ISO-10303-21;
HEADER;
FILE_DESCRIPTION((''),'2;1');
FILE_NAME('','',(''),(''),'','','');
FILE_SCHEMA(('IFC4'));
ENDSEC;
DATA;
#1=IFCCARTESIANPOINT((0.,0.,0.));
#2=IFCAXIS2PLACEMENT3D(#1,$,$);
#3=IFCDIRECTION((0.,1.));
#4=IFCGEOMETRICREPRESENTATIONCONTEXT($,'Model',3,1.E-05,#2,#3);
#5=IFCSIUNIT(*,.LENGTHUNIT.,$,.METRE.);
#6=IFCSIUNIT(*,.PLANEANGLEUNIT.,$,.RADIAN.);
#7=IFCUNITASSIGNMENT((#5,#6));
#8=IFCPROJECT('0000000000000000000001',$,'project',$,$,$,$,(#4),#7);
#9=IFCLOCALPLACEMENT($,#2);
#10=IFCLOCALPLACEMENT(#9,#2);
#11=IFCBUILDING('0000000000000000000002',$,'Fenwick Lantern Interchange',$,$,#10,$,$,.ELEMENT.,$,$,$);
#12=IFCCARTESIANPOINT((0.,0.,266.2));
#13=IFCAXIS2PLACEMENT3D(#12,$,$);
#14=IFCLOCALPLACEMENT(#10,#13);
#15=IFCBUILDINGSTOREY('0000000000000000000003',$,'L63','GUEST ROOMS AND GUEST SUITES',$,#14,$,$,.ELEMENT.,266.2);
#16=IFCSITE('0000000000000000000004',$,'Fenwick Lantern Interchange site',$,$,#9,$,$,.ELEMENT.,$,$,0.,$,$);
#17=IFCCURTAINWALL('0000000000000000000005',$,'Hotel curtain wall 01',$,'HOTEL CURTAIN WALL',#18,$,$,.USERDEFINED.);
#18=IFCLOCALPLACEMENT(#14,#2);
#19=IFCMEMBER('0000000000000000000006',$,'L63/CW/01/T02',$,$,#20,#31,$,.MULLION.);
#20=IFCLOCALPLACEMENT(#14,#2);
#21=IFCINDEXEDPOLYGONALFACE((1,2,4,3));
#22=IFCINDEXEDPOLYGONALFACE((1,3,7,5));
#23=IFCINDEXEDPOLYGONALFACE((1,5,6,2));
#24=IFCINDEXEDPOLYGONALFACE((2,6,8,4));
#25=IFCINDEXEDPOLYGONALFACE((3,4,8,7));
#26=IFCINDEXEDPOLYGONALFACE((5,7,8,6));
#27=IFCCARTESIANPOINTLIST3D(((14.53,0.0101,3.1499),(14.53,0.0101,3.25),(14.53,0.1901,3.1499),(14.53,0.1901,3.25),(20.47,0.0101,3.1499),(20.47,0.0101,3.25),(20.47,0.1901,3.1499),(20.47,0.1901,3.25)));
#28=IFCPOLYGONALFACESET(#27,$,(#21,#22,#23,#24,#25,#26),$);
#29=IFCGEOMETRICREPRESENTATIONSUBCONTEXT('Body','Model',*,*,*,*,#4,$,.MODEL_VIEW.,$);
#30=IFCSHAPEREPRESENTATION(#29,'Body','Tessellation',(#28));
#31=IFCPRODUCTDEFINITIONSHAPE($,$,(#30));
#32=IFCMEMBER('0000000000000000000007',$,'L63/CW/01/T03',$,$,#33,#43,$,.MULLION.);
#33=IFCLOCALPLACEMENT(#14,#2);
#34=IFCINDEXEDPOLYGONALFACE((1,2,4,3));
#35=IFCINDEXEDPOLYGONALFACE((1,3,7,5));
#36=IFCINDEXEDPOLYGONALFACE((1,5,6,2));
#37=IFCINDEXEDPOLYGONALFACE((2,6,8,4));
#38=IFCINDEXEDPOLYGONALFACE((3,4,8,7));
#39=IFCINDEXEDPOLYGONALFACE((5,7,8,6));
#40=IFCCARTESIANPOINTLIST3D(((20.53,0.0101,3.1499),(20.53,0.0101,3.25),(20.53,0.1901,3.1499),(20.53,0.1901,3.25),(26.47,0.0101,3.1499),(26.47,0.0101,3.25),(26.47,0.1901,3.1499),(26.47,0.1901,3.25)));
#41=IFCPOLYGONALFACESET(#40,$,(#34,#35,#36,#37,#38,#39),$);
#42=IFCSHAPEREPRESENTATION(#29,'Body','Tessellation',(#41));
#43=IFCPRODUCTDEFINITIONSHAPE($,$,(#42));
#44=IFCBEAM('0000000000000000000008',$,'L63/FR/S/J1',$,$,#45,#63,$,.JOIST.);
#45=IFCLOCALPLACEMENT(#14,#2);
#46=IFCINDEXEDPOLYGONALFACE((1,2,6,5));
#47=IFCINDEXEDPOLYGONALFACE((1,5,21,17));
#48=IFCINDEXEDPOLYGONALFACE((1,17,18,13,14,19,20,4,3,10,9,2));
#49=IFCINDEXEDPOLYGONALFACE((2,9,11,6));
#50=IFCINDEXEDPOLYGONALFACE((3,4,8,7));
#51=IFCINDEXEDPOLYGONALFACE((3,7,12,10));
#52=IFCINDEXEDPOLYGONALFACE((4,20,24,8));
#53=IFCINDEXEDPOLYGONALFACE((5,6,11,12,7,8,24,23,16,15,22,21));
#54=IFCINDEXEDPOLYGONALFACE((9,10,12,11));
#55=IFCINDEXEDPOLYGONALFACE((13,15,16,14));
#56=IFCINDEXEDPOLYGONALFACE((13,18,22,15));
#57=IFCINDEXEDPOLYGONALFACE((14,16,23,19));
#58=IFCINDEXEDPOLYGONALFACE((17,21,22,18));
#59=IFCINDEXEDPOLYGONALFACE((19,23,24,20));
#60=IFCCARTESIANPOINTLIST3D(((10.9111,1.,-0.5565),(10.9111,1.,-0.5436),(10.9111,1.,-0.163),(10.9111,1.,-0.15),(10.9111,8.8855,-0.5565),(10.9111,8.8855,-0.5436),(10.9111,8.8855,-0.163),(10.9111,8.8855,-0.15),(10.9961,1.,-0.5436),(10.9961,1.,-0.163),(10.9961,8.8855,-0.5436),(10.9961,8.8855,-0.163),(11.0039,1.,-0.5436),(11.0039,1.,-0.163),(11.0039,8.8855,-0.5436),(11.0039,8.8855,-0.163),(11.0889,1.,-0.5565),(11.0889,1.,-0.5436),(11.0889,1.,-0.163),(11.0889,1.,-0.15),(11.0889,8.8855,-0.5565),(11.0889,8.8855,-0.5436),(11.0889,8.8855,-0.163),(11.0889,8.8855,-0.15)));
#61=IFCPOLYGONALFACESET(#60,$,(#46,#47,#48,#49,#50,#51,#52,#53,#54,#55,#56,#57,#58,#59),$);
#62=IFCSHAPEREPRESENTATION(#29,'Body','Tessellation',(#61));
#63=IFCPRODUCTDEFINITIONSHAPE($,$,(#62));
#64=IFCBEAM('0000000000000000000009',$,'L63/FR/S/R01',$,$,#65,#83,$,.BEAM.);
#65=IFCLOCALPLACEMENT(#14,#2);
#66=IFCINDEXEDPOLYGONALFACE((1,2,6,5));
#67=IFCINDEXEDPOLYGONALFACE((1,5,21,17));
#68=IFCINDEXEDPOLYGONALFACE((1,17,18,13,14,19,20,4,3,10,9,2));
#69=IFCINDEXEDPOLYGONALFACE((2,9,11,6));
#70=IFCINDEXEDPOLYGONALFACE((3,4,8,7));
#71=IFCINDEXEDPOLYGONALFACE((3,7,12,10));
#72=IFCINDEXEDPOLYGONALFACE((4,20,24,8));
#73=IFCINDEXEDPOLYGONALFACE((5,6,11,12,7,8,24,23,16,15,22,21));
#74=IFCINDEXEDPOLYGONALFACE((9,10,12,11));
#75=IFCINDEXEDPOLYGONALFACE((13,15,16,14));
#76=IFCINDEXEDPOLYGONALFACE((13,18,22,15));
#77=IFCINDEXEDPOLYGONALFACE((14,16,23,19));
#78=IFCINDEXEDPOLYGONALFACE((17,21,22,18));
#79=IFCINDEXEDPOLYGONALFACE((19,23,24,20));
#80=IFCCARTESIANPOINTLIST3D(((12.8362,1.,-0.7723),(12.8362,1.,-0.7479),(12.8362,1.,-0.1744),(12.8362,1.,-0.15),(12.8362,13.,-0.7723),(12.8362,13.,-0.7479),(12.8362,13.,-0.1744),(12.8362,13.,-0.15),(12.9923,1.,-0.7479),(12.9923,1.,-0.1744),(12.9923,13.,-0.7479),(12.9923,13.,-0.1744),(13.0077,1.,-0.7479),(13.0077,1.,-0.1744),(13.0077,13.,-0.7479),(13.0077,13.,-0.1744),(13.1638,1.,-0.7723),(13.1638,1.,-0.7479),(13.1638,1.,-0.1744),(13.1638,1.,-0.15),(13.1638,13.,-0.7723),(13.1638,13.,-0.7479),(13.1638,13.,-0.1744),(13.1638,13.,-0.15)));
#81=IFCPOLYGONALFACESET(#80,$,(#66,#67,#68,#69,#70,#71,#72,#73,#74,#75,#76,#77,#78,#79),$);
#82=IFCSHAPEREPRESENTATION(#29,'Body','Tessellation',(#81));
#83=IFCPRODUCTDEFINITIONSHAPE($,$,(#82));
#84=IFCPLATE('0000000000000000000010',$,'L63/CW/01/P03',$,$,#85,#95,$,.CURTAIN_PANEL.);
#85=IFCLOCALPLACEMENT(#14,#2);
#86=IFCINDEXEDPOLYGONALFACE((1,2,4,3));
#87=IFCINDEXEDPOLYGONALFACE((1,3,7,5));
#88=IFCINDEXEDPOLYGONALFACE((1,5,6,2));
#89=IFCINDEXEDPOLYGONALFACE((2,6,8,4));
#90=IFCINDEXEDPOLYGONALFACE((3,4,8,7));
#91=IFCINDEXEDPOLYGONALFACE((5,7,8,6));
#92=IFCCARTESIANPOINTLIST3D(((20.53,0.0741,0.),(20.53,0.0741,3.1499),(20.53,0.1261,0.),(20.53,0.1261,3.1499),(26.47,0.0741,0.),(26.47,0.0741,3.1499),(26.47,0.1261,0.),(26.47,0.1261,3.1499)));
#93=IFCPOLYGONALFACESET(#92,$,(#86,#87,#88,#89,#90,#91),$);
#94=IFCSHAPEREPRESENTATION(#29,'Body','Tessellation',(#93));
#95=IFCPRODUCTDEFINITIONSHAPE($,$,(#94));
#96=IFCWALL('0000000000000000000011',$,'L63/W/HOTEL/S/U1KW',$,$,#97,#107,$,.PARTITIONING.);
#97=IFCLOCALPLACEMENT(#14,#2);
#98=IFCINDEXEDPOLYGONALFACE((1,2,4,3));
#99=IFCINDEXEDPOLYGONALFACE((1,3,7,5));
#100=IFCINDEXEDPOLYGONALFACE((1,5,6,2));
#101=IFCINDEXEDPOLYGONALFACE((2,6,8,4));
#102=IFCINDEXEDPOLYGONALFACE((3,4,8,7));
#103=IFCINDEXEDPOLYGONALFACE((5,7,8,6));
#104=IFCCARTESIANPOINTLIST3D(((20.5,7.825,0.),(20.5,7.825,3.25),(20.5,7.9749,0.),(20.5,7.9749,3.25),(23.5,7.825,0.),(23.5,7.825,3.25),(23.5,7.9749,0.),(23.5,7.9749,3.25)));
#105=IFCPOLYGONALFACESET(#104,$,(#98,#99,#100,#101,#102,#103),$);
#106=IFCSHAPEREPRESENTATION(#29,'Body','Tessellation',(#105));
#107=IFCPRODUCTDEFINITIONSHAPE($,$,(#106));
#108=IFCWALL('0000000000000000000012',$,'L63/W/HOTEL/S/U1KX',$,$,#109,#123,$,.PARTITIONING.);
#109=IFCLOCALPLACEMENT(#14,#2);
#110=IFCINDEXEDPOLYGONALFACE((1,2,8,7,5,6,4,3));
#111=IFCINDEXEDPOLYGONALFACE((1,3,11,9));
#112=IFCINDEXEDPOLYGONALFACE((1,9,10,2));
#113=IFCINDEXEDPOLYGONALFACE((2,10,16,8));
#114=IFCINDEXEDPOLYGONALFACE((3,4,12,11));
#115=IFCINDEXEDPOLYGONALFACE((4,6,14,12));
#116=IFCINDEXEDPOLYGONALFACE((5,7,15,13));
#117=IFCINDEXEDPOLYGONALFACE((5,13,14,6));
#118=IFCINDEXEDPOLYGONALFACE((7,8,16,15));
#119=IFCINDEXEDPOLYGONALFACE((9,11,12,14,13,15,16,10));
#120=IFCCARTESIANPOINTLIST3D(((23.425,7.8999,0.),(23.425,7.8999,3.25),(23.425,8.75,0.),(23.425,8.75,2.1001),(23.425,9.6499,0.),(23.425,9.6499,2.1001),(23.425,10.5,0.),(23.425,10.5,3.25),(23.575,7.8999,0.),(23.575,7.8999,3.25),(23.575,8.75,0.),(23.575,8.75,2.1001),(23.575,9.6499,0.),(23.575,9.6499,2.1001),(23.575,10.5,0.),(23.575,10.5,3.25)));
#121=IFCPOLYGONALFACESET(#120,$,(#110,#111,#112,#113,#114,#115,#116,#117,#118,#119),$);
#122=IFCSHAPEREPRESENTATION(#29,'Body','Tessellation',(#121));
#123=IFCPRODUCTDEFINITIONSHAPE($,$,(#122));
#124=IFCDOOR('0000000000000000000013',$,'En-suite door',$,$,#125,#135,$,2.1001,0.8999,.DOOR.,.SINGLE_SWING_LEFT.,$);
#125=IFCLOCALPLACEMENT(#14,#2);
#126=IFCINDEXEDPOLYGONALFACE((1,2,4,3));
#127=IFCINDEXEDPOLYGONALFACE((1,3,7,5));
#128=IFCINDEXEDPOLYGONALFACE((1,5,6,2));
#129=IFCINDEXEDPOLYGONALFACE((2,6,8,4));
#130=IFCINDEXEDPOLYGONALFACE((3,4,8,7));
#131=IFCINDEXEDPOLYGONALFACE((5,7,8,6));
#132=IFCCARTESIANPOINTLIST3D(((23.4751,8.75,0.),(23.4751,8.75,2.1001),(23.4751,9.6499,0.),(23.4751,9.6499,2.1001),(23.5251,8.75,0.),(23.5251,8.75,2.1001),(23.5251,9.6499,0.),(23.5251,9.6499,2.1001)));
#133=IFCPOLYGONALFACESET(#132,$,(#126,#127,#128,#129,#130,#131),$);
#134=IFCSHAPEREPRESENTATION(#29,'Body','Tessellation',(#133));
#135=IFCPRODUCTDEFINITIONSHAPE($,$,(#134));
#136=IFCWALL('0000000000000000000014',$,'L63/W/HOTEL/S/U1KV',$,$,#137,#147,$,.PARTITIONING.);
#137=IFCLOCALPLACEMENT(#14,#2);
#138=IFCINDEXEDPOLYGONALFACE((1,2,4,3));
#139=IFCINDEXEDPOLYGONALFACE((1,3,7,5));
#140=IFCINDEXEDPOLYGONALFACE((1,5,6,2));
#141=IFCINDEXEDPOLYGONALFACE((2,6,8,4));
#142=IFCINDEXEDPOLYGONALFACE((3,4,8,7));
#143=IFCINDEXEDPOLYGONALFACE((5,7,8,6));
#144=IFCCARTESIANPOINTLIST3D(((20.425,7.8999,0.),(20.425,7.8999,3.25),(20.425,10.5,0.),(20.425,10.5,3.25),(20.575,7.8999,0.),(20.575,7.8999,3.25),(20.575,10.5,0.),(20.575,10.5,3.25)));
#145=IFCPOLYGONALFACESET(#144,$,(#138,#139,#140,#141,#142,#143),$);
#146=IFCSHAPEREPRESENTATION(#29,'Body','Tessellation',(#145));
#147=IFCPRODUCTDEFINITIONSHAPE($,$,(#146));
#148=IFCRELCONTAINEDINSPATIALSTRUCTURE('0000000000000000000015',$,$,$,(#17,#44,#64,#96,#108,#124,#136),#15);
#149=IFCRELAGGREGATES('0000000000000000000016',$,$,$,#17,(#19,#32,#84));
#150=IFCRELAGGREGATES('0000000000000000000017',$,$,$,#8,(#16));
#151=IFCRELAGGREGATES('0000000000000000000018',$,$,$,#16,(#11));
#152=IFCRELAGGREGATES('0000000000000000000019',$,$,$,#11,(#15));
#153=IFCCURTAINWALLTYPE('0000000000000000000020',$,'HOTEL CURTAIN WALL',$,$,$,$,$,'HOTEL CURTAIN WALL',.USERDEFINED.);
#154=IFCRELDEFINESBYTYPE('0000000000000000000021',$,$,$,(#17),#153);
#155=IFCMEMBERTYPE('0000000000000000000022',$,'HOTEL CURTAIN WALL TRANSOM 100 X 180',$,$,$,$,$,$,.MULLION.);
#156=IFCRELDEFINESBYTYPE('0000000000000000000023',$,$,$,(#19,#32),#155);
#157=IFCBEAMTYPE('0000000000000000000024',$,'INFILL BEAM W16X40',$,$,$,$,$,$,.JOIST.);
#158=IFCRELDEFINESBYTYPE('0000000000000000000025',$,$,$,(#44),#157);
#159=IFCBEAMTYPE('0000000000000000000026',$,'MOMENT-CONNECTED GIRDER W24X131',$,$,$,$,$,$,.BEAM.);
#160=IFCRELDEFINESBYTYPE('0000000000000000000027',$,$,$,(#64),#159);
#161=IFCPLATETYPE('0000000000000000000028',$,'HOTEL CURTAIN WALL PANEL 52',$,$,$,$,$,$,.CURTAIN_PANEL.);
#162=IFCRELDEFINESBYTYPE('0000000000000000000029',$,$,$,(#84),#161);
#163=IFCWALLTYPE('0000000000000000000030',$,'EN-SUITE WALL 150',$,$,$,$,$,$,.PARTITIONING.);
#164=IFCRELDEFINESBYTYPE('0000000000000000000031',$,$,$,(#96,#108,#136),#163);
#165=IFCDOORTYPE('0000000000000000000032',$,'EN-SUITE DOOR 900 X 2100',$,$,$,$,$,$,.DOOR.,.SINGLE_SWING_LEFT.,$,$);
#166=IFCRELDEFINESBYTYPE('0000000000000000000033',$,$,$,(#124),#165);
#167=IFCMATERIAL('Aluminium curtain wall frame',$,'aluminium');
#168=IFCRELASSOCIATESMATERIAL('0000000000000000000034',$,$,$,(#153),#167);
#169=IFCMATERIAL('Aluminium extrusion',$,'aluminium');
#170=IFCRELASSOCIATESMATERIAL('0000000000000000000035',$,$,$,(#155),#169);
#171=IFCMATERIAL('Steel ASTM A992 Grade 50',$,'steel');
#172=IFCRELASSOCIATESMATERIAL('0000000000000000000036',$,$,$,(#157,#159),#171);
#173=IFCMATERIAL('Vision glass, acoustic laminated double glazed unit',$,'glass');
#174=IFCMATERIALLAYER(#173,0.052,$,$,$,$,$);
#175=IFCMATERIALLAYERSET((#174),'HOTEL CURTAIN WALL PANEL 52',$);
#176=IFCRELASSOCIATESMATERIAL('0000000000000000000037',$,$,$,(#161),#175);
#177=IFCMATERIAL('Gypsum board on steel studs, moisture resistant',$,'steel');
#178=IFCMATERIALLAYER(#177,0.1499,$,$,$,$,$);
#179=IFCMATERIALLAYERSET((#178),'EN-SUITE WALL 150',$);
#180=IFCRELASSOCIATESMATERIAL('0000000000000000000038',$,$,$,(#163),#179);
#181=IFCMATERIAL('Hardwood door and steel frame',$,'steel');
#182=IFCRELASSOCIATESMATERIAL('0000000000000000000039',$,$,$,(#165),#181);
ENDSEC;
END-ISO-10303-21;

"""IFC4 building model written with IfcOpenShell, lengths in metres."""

from ifc_helpers import new_model, si_unit, direction, frame, frame_2d, origin, origin_2d, place, context, subcontext, project, spatial, rectangle, i_section, extrude, material, layer, layer_set, material_profile, profile_set, type_object, element, fill, aggregate, save


model = new_model("IFC4")

# Units and contexts
model_context = context("Model", 3, precision=1e-05, world=origin(), true_north=direction((0.0, 1.0)))
body_context = subcontext(model_context, "Body", "Model", "MODEL_VIEW")
ifc_project = project(units=[si_unit("LENGTHUNIT", "METRE"), si_unit("PLANEANGLEUNIT", "RADIAN")], contexts=[model_context])

# Site, building, storey
site_placement = place(None, origin())
site = spatial("IfcSite", under=ifc_project, at=site_placement, Name="Fenwick Lantern Interchange site", CompositionType="ELEMENT", RefElevation=0.0)
building_placement = place(site_placement, origin())
building = spatial("IfcBuilding", under=site, at=building_placement, Name="Fenwick Lantern Interchange", CompositionType="ELEMENT")
storey_placement = place(building_placement, frame((0.0, 0.0, 266.2)))
storey = spatial("IfcBuildingStorey", under=building, at=storey_placement, Name="L63", Description="GUEST ROOMS AND GUEST SUITES", CompositionType="ELEMENT", Elevation=266.2)

# Shared definitions
ifc_material_1 = material(Name="Steel ASTM A992 Grade 50", Category="steel")

# Curtain wall, members
ifc_material_2 = material(Name="Aluminium curtain wall frame", Category="aluminium")
curtain_wall_type = type_object("IfcCurtainWallType", Name="HOTEL CURTAIN WALL", ElementType="HOTEL CURTAIN WALL", PredefinedType="USERDEFINED", material=ifc_material_2)
curtain_wall_placement = place(storey_placement, origin())
curtain_wall = element("IfcCurtainWall", 1, at=curtain_wall_placement, inside=storey, type_object=curtain_wall_type, Name="Hotel curtain wall 01", ObjectType="HOTEL CURTAIN WALL", PredefinedType="USERDEFINED")
ifc_material_3 = material(Name="Aluminium extrusion", Category="aluminium")
ifc_material_profile_1 = material_profile(ifc_material_3, rectangle(XDim=0.1799, YDim=0.1001, at=origin_2d()), Name="HOTEL CURTAIN WALL TRANSOM 100 X 180")
ifc_profile_set_1 = profile_set([ifc_material_profile_1], Name="Aluminium extrusion")
member_type_1 = type_object("IfcMemberType", Name="HOTEL CURTAIN WALL TRANSOM 100 X 180", PredefinedType="MULLION", material=ifc_profile_set_1)
member_1_placement = place(storey_placement, frame((14.53, 0.1001, 3.2), z_axis=(1.0, 0.0, 0.0), x_axis=(0.0, 1.0, 0.0)))
member_1 = element("IfcMember", 2, at=member_1_placement, type_object=member_type_1, Name="L63/CW/01/T02", PredefinedType="MULLION", context=body_context, shape_type="SweptSolid", body=[
    extrude(rectangle(XDim=0.1799, YDim=0.1001, at=origin_2d()), origin(), (0.0, 0.0, 1.0), 5.9399),
])
member_2_placement = place(storey_placement, frame((20.53, 0.1001, 3.2), z_axis=(1.0, 0.0, 0.0), x_axis=(0.0, 1.0, 0.0)))
member_2 = element("IfcMember", 3, at=member_2_placement, type_object=member_type_1, Name="L63/CW/01/T03", PredefinedType="MULLION", context=body_context, shape_type="SweptSolid", body=[
    extrude(rectangle(XDim=0.1799, YDim=0.1001, at=origin_2d()), origin(), (0.0, 0.0, 1.0), 5.9399),
])

# Beams
ifc_material_profile_2 = material_profile(ifc_material_1, i_section(OverallWidth=0.1777, OverallDepth=0.4065, WebThickness=0.0078, FlangeThickness=0.0129, at=origin_2d()), Name="W16X40")
ifc_profile_set_2 = profile_set([ifc_material_profile_2], Name="Steel ASTM A992 Grade 50")
beam_type_1 = type_object("IfcBeamType", Name="INFILL BEAM W16X40", PredefinedType="JOIST", material=ifc_profile_set_2)
beam_1_placement = place(storey_placement, frame((11.0, 1.0, -0.3533), z_axis=(0.0, 1.0, 0.0), x_axis=(-1.0, 0.0, 0.0)))
element("IfcBeam", 4, at=beam_1_placement, inside=storey, type_object=beam_type_1, Name="L63/FR/S/J1", PredefinedType="JOIST", context=body_context, shape_type="SweptSolid", body=[
    extrude(i_section(OverallWidth=0.1777, OverallDepth=0.4065, WebThickness=0.0078, FlangeThickness=0.0129, at=origin_2d()), origin(), (0.0, 0.0, 1.0), 7.8855),
])
ifc_material_profile_3 = material_profile(ifc_material_1, i_section(OverallWidth=0.3276, OverallDepth=0.6223, WebThickness=0.0154, FlangeThickness=0.0244, at=origin_2d()), Name="W24X131")
ifc_profile_set_3 = profile_set([ifc_material_profile_3], Name="Steel ASTM A992 Grade 50")
beam_type_2 = type_object("IfcBeamType", Name="MOMENT-CONNECTED GIRDER W24X131", PredefinedType="BEAM", material=ifc_profile_set_3)
beam_2_placement = place(storey_placement, frame((13.0, 1.0, -0.4612), z_axis=(0.0, 1.0, 0.0), x_axis=(-1.0, 0.0, 0.0)))
element("IfcBeam", 5, at=beam_2_placement, inside=storey, type_object=beam_type_2, Name="L63/FR/S/R01", PredefinedType="BEAM", context=body_context, shape_type="SweptSolid", body=[
    extrude(i_section(OverallWidth=0.3276, OverallDepth=0.6223, WebThickness=0.0154, FlangeThickness=0.0244, at=origin_2d()), origin(), (0.0, 0.0, 1.0), 12.0),
])

# Plate
ifc_material_4 = material(Name="Vision glass, acoustic laminated double glazed unit", Category="glass")
ifc_layer_1 = layer(ifc_material_4, 0.052)
ifc_layer_set_1 = layer_set([ifc_layer_1], Name="HOTEL CURTAIN WALL PANEL 52")
plate_type = type_object("IfcPlateType", Name="HOTEL CURTAIN WALL PANEL 52", PredefinedType="CURTAIN_PANEL", material=ifc_layer_set_1)
plate_placement = place(storey_placement, frame((23.5, 0.1001, 0.0), z_axis=(0.0, 0.0, 1.0), x_axis=(1.0, 0.0, 0.0)))
plate = element("IfcPlate", 6, at=plate_placement, type_object=plate_type, Name="L63/CW/01/P03", PredefinedType="CURTAIN_PANEL", context=body_context, shape_type="SweptSolid", body=[
    extrude(rectangle(XDim=5.9399, YDim=0.052, at=origin_2d()), origin(), (0.0, 0.0, 1.0), 3.1499),
])
aggregate(curtain_wall, [member_1, member_2, plate])

# Wall
ifc_material_5 = material(Name="Gypsum board on steel studs, moisture resistant", Category="steel")
ifc_layer_2 = layer(ifc_material_5, 0.1499)
ifc_layer_set_2 = layer_set([ifc_layer_2], Name="EN-SUITE WALL 150")
wall_type = type_object("IfcWallType", Name="EN-SUITE WALL 150", PredefinedType="PARTITIONING", material=ifc_layer_set_2)
wall_1_placement = place(storey_placement, frame((20.5, 7.8999, 0.0), z_axis=(0.0, 0.0, 1.0), x_axis=(1.0, 0.0, 0.0)))
element("IfcWall", 7, at=wall_1_placement, inside=storey, type_object=wall_type, Name="L63/W/HOTEL/S/U1KW", PredefinedType="PARTITIONING", context=body_context, shape_type="SweptSolid", body=[
    extrude(rectangle(XDim=3.0, YDim=0.1499, at=frame_2d((1.5, 0.0))), origin(), (0.0, 0.0, 1.0), 3.25),
])

# Wall, opening, door
wall_2_placement = place(storey_placement, frame((23.5, 7.8999, 0.0), z_axis=(0.0, 0.0, 1.0), x_axis=(0.0, 1.0, 0.0)))
wall_2 = element("IfcWall", 8, at=wall_2_placement, inside=storey, type_object=wall_type, Name="L63/W/HOTEL/S/U1KX", PredefinedType="PARTITIONING", context=body_context, shape_type="SweptSolid", body=[
    extrude(rectangle(XDim=2.6001, YDim=0.1499, at=frame_2d((1.3, 0.0))), origin(), (0.0, 0.0, 1.0), 3.25),
])
opening_placement = place(wall_2_placement, frame((0.8501, 0.0, 0.0)))
opening = element("IfcOpeningElement", 9, at=opening_placement, cuts=wall_2, PredefinedType="OPENING", context=body_context, shape_type="SweptSolid", body=[
    extrude(rectangle(XDim=0.8999, YDim=2.1001, at=frame_2d((0.45, 1.05))), frame((0.0, 0.085, 0.0), z_axis=(0.0, -1.0, 0.0), x_axis=(1.0, 0.0, 0.0)), (0.0, 0.0, 1.0), 0.1699),
])
ifc_material_6 = material(Name="Hardwood door and steel frame", Category="steel")
door_type = type_object("IfcDoorType", Name="EN-SUITE DOOR 900 X 2100", OperationType="SINGLE_SWING_LEFT", PredefinedType="DOOR", material=ifc_material_6)
door_placement = place(opening_placement, origin())
door = element("IfcDoor", 10, at=door_placement, inside=storey, type_object=door_type, Name="En-suite door", OperationType="SINGLE_SWING_LEFT", OverallHeight=2.1001, OverallWidth=0.8999, PredefinedType="DOOR", context=body_context, shape_type="SweptSolid", body=[
    extrude(rectangle(XDim=0.8999, YDim=2.1001, at=frame_2d((0.45, 1.05))), frame((0.0, 0.0249, 0.0), z_axis=(0.0, -1.0, 0.0), x_axis=(1.0, 0.0, 0.0)), (0.0, 0.0, 1.0), 0.05),
])
fill(opening, door)

# Wall
wall_3_placement = place(storey_placement, frame((20.5, 7.8999, 0.0), z_axis=(0.0, 0.0, 1.0), x_axis=(0.0, 1.0, 0.0)))
element("IfcWall", 11, at=wall_3_placement, inside=storey, type_object=wall_type, Name="L63/W/HOTEL/S/U1KV", PredefinedType="PARTITIONING", context=body_context, shape_type="SweptSolid", body=[
    extrude(rectangle(XDim=2.6001, YDim=0.1499, at=frame_2d((1.3, 0.0))), origin(), (0.0, 0.0, 1.0), 3.25),
])

save(model, "model.ifc")
